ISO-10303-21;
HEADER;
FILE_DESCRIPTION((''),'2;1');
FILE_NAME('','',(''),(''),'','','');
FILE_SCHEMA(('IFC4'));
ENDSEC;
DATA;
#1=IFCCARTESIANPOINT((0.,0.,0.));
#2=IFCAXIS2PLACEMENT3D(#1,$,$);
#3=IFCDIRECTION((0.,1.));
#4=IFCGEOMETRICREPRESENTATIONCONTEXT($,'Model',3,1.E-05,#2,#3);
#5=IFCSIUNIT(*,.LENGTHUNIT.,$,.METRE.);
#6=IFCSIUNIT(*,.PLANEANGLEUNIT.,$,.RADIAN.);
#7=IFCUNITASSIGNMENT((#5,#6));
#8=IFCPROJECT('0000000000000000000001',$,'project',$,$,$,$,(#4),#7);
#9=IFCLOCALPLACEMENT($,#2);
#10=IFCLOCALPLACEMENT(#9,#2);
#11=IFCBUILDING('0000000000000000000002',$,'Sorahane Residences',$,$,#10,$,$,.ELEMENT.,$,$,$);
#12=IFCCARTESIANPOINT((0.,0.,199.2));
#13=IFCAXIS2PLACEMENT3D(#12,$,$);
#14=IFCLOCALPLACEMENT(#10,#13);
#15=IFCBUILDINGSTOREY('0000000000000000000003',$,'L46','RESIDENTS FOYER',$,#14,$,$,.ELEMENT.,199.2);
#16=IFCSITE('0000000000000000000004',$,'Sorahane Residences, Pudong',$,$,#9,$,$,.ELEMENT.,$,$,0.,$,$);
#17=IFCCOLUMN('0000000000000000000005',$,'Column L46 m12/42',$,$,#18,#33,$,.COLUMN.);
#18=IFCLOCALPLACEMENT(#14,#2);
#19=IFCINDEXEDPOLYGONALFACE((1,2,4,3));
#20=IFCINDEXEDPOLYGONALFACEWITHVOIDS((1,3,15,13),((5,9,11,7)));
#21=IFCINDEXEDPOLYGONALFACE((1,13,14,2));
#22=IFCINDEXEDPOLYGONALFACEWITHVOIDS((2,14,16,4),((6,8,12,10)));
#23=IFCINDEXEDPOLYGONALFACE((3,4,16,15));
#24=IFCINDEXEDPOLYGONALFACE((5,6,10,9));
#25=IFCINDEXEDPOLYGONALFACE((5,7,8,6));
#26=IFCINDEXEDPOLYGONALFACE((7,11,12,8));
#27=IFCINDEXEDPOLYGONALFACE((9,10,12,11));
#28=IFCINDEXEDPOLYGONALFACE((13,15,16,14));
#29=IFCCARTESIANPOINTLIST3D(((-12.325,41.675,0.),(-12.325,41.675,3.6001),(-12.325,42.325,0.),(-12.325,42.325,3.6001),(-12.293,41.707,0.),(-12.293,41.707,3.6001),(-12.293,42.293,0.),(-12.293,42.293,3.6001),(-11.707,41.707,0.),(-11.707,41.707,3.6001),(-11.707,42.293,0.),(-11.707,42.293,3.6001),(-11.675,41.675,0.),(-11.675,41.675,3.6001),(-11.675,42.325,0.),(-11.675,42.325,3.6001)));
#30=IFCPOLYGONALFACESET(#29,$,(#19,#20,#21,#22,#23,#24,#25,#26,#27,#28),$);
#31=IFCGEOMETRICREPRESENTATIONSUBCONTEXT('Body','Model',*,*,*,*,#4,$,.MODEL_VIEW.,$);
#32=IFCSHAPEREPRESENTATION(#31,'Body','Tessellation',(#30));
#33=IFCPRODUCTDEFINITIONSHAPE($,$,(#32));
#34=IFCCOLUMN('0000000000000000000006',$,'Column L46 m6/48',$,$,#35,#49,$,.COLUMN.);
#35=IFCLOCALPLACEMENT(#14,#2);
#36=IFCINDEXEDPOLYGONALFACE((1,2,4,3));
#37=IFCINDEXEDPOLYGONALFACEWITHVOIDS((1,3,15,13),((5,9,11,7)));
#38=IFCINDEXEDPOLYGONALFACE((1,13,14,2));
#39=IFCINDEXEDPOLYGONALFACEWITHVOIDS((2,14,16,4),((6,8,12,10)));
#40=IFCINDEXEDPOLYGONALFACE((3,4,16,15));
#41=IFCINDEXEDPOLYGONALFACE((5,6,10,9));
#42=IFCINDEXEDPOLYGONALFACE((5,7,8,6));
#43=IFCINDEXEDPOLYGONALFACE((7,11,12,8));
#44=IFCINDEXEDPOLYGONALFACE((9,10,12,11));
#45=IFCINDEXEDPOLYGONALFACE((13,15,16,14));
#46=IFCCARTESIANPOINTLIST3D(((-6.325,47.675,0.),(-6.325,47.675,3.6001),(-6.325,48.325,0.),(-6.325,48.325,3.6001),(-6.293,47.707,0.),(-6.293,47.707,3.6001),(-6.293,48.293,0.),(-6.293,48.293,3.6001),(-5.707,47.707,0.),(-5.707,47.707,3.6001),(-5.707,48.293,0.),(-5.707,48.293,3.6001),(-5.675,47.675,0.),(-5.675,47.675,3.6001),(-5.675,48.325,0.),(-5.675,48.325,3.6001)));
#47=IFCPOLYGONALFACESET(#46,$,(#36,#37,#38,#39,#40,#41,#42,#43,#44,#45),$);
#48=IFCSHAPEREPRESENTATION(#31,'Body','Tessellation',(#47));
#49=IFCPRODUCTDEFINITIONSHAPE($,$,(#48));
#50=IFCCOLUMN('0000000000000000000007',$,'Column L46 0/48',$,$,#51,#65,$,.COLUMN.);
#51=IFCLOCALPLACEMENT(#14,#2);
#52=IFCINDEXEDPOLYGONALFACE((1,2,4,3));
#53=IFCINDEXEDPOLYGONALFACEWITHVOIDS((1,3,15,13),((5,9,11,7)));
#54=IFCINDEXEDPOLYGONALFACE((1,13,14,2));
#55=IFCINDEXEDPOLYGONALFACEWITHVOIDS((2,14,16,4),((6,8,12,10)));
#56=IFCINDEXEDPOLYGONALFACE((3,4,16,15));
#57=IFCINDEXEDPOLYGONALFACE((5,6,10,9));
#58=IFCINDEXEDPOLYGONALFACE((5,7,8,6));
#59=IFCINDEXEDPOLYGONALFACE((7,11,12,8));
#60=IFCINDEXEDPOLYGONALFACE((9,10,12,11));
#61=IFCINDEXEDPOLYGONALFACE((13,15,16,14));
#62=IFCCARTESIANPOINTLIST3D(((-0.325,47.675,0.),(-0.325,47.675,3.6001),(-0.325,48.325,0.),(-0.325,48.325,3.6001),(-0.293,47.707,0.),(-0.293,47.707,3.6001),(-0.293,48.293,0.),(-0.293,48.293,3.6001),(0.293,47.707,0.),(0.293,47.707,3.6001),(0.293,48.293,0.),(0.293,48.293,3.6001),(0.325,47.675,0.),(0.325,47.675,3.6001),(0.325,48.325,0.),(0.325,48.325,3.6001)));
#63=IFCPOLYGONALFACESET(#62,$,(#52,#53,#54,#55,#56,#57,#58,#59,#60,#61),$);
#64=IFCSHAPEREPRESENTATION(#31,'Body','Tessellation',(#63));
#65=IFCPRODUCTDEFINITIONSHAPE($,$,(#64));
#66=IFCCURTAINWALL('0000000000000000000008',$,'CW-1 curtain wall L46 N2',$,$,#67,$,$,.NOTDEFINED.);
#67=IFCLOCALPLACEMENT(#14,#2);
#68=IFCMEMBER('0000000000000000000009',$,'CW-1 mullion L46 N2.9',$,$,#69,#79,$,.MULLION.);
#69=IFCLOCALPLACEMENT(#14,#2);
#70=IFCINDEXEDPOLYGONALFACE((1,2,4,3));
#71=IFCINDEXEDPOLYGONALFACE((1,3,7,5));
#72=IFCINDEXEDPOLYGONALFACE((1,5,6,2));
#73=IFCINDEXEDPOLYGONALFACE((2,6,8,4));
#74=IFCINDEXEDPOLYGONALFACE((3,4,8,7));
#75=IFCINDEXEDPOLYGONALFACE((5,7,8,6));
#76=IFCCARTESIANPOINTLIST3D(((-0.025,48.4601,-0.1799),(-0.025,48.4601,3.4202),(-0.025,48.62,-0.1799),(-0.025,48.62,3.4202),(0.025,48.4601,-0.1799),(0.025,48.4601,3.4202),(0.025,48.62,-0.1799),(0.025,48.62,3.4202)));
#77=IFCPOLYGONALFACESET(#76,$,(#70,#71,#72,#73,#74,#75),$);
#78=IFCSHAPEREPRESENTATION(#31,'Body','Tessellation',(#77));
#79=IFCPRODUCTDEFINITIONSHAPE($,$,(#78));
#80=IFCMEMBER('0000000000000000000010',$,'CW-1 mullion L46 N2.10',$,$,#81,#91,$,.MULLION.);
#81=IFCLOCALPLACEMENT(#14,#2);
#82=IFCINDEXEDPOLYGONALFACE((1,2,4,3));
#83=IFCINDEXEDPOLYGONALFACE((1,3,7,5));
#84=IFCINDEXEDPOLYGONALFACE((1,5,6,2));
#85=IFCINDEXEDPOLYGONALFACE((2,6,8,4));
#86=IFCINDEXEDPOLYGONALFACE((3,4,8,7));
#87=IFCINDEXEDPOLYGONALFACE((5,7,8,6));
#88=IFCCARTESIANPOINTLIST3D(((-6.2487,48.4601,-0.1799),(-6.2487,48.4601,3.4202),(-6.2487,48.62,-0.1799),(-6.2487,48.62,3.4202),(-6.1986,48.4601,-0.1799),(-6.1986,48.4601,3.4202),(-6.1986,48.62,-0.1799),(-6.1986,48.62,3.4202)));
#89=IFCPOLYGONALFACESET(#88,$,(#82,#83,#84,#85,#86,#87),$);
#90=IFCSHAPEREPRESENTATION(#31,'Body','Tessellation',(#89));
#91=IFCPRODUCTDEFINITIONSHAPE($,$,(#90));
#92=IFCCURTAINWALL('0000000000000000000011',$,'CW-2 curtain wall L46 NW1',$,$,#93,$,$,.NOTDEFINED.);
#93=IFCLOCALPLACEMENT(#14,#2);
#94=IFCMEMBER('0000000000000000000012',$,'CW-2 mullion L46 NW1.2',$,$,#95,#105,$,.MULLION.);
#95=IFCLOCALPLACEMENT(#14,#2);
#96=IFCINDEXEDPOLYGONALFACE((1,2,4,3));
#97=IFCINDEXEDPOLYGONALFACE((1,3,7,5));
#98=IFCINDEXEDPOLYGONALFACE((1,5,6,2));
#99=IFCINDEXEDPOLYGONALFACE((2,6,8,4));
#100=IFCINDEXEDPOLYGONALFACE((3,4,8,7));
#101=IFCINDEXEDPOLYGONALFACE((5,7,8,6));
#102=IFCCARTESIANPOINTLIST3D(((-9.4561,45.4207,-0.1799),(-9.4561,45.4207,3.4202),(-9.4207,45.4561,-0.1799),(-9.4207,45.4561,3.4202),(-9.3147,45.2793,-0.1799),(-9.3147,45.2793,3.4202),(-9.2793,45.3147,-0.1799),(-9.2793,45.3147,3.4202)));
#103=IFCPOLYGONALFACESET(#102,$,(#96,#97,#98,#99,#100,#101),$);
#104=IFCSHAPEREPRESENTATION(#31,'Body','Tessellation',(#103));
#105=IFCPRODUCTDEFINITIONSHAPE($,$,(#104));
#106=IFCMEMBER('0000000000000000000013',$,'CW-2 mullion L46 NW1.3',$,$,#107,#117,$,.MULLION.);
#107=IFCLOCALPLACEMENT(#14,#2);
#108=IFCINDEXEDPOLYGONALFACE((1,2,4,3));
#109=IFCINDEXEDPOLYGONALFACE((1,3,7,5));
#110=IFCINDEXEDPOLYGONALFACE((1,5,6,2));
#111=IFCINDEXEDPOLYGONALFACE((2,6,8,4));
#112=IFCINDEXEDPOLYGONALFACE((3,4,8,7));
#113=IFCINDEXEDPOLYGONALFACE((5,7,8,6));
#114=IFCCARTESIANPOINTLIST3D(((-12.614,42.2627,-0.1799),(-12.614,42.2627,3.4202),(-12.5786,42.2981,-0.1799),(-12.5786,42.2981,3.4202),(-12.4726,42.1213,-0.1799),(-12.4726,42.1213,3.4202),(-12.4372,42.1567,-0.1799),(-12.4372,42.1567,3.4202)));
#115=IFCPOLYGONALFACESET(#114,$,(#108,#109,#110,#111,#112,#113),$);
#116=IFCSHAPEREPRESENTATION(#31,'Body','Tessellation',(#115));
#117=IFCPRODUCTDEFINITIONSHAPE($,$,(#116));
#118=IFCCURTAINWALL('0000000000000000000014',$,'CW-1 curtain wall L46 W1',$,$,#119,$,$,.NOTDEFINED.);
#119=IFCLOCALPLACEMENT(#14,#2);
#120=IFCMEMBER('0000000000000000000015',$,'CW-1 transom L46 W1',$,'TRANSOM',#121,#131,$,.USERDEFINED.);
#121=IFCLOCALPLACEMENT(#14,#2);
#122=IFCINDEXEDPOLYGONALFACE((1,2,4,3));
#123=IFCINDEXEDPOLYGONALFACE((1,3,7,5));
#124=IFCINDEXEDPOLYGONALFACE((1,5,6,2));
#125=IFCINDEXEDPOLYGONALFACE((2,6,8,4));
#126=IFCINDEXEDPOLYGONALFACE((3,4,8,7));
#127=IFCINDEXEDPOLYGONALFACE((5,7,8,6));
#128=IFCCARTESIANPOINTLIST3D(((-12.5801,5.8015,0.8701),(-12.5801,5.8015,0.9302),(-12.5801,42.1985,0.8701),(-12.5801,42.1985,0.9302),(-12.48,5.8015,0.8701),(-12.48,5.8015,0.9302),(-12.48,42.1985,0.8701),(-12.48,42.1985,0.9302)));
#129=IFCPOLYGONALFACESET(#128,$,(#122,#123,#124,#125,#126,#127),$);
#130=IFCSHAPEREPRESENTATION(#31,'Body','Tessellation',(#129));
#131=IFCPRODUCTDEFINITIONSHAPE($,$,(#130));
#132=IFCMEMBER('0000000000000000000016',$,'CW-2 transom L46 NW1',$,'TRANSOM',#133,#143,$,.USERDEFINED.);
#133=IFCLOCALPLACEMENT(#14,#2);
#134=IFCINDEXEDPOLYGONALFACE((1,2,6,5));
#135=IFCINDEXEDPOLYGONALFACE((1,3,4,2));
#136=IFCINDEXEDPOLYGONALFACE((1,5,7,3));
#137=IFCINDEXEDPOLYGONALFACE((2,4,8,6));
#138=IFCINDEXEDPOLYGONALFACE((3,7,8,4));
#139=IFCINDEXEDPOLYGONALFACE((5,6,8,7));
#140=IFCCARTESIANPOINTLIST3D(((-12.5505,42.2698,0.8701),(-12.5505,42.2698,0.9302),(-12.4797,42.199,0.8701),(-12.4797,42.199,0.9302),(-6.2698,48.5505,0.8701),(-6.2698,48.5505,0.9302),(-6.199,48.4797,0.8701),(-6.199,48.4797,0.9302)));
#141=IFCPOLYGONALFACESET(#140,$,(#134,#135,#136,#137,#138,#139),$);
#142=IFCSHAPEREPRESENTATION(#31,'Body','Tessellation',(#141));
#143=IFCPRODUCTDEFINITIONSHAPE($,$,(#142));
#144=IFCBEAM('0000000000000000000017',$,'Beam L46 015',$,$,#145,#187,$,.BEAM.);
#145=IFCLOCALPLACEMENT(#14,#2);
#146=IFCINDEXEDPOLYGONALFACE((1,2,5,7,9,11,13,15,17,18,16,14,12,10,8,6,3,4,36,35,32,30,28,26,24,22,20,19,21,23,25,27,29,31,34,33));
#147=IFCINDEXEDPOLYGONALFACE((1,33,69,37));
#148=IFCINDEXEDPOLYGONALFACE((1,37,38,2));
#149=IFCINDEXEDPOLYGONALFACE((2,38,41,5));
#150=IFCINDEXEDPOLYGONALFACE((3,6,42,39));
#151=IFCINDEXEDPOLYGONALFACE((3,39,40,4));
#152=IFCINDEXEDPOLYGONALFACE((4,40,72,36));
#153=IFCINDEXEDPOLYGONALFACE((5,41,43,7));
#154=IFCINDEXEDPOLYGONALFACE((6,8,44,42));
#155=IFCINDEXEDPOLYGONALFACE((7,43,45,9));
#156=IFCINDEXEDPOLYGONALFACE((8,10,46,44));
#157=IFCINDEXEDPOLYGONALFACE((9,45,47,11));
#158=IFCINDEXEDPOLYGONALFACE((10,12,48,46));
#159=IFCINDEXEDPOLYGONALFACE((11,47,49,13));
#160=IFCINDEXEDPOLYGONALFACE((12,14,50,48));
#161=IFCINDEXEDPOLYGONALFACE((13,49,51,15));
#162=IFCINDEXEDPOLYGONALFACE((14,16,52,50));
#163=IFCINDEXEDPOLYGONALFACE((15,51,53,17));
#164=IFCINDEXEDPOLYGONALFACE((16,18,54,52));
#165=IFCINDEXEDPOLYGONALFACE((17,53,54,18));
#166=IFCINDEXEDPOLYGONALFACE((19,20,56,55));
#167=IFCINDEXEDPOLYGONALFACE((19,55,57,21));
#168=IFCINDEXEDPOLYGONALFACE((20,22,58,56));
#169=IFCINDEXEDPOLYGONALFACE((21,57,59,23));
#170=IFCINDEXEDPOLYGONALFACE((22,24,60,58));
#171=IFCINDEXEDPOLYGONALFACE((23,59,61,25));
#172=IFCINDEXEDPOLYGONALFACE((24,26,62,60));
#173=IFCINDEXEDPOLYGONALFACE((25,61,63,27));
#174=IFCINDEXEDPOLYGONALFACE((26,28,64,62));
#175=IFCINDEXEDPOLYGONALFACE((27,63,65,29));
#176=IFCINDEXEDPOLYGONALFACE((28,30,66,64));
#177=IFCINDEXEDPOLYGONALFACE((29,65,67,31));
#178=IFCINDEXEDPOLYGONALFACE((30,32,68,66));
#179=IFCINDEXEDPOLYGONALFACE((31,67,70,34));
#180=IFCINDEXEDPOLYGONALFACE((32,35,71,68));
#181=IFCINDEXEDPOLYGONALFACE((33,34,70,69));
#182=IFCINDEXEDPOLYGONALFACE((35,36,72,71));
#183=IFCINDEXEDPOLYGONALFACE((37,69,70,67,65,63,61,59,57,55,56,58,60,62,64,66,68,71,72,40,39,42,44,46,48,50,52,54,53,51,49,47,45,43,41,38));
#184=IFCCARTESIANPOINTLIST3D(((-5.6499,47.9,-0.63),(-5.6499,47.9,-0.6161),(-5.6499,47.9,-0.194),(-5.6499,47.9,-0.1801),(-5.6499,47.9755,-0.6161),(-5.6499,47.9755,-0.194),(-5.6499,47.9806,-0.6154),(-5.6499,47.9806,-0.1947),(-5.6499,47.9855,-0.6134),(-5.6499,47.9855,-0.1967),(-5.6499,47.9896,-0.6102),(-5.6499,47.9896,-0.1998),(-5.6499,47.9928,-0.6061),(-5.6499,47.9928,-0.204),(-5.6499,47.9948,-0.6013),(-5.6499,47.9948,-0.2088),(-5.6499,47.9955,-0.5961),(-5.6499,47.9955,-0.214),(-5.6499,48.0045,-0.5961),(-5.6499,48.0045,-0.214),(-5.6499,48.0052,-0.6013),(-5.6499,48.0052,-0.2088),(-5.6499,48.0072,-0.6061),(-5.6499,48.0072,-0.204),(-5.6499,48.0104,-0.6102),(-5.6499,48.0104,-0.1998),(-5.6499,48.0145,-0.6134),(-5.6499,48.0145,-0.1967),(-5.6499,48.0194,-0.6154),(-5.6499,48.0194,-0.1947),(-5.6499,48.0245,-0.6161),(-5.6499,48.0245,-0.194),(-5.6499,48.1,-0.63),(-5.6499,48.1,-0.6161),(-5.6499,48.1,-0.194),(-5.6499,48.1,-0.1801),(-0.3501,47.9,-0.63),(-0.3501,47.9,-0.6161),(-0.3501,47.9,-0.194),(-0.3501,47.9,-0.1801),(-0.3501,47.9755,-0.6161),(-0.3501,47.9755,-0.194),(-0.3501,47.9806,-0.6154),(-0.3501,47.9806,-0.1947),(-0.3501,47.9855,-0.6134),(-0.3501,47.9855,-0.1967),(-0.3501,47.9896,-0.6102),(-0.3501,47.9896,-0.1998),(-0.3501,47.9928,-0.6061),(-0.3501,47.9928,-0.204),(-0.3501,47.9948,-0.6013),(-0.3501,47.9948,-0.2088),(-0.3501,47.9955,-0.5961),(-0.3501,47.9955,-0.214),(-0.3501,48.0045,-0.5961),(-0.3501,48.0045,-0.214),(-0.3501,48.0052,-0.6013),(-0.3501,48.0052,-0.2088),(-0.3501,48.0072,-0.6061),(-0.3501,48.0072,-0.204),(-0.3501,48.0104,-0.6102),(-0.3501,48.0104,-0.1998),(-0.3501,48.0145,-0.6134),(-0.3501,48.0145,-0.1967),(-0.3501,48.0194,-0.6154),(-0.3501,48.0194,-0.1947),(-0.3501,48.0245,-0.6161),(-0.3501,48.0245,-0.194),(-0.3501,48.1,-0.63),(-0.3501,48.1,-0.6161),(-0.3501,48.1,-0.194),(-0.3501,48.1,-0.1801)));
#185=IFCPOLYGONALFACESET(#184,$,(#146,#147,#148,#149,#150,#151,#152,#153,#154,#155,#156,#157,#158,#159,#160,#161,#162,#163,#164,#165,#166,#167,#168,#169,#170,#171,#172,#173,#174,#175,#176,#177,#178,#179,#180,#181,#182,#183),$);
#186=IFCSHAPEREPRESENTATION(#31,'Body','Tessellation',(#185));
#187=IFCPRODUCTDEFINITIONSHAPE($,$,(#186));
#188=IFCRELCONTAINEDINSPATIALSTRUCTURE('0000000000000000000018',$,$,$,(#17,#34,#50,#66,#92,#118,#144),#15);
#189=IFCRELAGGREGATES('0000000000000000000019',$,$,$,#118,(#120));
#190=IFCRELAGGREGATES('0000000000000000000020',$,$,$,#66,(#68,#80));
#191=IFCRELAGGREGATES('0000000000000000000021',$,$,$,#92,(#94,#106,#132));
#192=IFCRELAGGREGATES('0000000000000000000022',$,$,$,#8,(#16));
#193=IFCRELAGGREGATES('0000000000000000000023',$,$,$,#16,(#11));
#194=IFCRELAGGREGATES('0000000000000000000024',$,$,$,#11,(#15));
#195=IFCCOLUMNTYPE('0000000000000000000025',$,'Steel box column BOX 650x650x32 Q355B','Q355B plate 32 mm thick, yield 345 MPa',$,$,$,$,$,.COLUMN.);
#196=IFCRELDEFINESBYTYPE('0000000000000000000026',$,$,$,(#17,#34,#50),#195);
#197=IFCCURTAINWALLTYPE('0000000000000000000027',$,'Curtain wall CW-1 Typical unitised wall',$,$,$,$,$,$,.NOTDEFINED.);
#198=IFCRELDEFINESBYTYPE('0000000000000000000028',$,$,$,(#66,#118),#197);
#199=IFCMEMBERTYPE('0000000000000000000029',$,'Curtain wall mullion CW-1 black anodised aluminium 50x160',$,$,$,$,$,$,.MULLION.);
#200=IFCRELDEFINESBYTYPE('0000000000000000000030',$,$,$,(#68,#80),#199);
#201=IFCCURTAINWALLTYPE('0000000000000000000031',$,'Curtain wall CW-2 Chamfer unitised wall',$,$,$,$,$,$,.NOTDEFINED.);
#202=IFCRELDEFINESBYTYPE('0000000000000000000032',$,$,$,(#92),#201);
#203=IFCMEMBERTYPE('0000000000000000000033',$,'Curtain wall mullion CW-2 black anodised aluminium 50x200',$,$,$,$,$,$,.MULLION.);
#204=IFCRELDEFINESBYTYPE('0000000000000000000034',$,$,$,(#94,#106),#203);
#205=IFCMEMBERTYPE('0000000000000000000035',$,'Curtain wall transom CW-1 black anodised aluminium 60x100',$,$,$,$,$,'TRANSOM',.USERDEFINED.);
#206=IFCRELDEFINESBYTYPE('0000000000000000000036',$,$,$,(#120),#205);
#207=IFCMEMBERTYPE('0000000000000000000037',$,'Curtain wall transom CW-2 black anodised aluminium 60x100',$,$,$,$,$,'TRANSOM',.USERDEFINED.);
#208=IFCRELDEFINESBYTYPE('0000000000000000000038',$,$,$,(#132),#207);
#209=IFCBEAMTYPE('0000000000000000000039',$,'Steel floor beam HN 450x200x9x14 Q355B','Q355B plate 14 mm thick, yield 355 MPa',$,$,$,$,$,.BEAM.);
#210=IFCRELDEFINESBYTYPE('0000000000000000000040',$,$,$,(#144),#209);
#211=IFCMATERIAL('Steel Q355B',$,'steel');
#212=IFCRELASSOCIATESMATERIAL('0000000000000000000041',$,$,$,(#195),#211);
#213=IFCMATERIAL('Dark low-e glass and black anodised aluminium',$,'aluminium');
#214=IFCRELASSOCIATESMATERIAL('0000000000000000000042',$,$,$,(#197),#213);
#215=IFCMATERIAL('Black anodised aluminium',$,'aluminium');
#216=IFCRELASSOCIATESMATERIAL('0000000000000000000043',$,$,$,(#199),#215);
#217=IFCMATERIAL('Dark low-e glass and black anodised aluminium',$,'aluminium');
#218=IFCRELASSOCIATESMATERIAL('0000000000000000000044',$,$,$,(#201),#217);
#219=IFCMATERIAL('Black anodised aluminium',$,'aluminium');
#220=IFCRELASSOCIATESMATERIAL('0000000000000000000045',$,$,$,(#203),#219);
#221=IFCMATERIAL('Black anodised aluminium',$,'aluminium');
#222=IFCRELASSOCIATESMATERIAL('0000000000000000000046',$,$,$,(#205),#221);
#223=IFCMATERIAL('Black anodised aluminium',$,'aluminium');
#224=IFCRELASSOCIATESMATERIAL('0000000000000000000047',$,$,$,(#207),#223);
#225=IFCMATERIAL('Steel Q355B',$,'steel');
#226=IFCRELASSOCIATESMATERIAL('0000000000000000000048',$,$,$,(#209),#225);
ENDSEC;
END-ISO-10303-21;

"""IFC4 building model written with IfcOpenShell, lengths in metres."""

from ifc_helpers import new_model, si_unit, direction, frame, origin, origin_2d, place, context, subcontext, project, spatial, rectangle, hollow_rectangle, i_section, extrude, material, material_profile, profile_set, type_object, element, aggregate, save


model = new_model("IFC4")

# Units and contexts
model_context = context("Model", 3, precision=1e-05, world=origin(), true_north=direction((0.0, 1.0)))
body_context = subcontext(model_context, "Body", "Model", "MODEL_VIEW")
ifc_project = project(units=[si_unit("LENGTHUNIT", "METRE"), si_unit("PLANEANGLEUNIT", "RADIAN")], contexts=[model_context])

# Site, building, storey
site_placement = place(None, origin())
site = spatial("IfcSite", under=ifc_project, at=site_placement, Name="Sorahane Residences, Pudong", CompositionType="ELEMENT", RefElevation=0.0)
building_placement = place(site_placement, origin())
building = spatial("IfcBuilding", under=site, at=building_placement, Name="Sorahane Residences", CompositionType="ELEMENT")
storey_placement = place(building_placement, frame((0.0, 0.0, 199.2)))
storey = spatial("IfcBuildingStorey", under=building, at=storey_placement, Name="L46", Description="RESIDENTS FOYER", CompositionType="ELEMENT", Elevation=199.2)

# Columns
ifc_material_1 = material(Name="Steel Q355B", Category="steel")
ifc_material_profile_1 = material_profile(ifc_material_1, hollow_rectangle(XDim=0.6499, YDim=0.6499, WallThickness=0.032, at=origin_2d()), Name="BOX 650x650x32")
ifc_profile_set_1 = profile_set([ifc_material_profile_1], Name="Steel Q355B")
column_type = type_object("IfcColumnType", Name="Steel box column BOX 650x650x32 Q355B", Description="Q355B plate 32 mm thick, yield 345 MPa", PredefinedType="COLUMN", material=ifc_profile_set_1)
for number, where, z_axis, x_axis, name in (
    (1, (-12.0, 42.0, 0.0), (0.0, 0.0, 1.0), (1.0, 0.0, 0.0), "Column L46 m12/42"),
    (2, (-6.0, 48.0, 0.0), (0.0, 0.0, 1.0), (1.0, 0.0, 0.0), "Column L46 m6/48"),
    (3, (0.0, 48.0, 0.0), (0.0, 0.0, 1.0), (1.0, 0.0, 0.0), "Column L46 0/48"),
):
    element("IfcColumn", number, at=place(storey_placement, frame(where, z_axis=z_axis, x_axis=x_axis)), inside=storey, type_object=column_type, Name=name, PredefinedType="COLUMN", context=body_context, shape_type="SweptSolid", body=[
        extrude(hollow_rectangle(XDim=0.6499, YDim=0.6499, WallThickness=0.032, at=origin_2d()), origin(), (0.0, 0.0, 1.0), 3.6001),
    ])

# Curtain walls, members
ifc_material_2 = material(Name="Dark low-e glass and black anodised aluminium", Category="aluminium")
curtain_wall_type_1 = type_object("IfcCurtainWallType", Name="Curtain wall CW-1 Typical unitised wall", PredefinedType="NOTDEFINED", material=ifc_material_2)
curtain_wall_1_placement = place(storey_placement, origin())
curtain_wall_1 = element("IfcCurtainWall", 4, at=curtain_wall_1_placement, inside=storey, type_object=curtain_wall_type_1, Name="CW-1 curtain wall L46 N2", PredefinedType="NOTDEFINED")
ifc_material_3 = material(Name="Black anodised aluminium", Category="aluminium")
ifc_material_profile_2 = material_profile(ifc_material_3, rectangle(XDim=0.1599, YDim=0.05, at=origin_2d()), Name="Curtain wall mullion CW-1 black anodised aluminium 50x160")
ifc_profile_set_2 = profile_set([ifc_material_profile_2], Name="Black anodised aluminium")
member_type_1 = type_object("IfcMemberType", Name="Curtain wall mullion CW-1 black anodised aluminium 50x160", PredefinedType="MULLION", material=ifc_profile_set_2)
member_1_placement = place(storey_placement, frame((0.0, 48.54, -0.1799), z_axis=(0.0, 0.0, 1.0), x_axis=(0.0, 1.0, 0.0)))
member_1 = element("IfcMember", 5, at=member_1_placement, type_object=member_type_1, Name="CW-1 mullion L46 N2.9", PredefinedType="MULLION", context=body_context, shape_type="SweptSolid", body=[
    extrude(rectangle(XDim=0.1599, YDim=0.05, at=origin_2d()), origin(), (0.0, 0.0, 1.0), 3.6001),
])
member_2_placement = place(storey_placement, frame((-6.2236, 48.54, -0.1799), z_axis=(0.0, 0.0, 1.0), x_axis=(0.0, 1.0, 0.0)))
member_2 = element("IfcMember", 6, at=member_2_placement, type_object=member_type_1, Name="CW-1 mullion L46 N2.10", PredefinedType="MULLION", context=body_context, shape_type="SweptSolid", body=[
    extrude(rectangle(XDim=0.1599, YDim=0.05, at=origin_2d()), origin(), (0.0, 0.0, 1.0), 3.6001),
])
ifc_material_4 = material(Name="Dark low-e glass and black anodised aluminium", Category="aluminium")
curtain_wall_type_2 = type_object("IfcCurtainWallType", Name="Curtain wall CW-2 Chamfer unitised wall", PredefinedType="NOTDEFINED", material=ifc_material_4)
curtain_wall_2_placement = place(storey_placement, origin())
curtain_wall_2 = element("IfcCurtainWall", 7, at=curtain_wall_2_placement, inside=storey, type_object=curtain_wall_type_2, Name="CW-2 curtain wall L46 NW1", PredefinedType="NOTDEFINED")
ifc_material_5 = material(Name="Black anodised aluminium", Category="aluminium")
ifc_material_profile_3 = material_profile(ifc_material_5, rectangle(XDim=0.2, YDim=0.05, at=origin_2d()), Name="Curtain wall mullion CW-2 black anodised aluminium 50x200")
ifc_profile_set_3 = profile_set([ifc_material_profile_3], Name="Black anodised aluminium")
member_type_2 = type_object("IfcMemberType", Name="Curtain wall mullion CW-2 black anodised aluminium 50x200", PredefinedType="MULLION", material=ifc_profile_set_3)
member_3_placement = place(storey_placement, frame((-9.3677, 45.3677, -0.1799), z_axis=(0.0, 0.0, 1.0), x_axis=(-0.707107, 0.707107, 0.0)))
member_3 = element("IfcMember", 8, at=member_3_placement, type_object=member_type_2, Name="CW-2 mullion L46 NW1.2", PredefinedType="MULLION", context=body_context, shape_type="SweptSolid", body=[
    extrude(rectangle(XDim=0.2, YDim=0.05, at=origin_2d()), origin(), (0.0, 0.0, 1.0), 3.6001),
])
member_4_placement = place(storey_placement, frame((-12.5256, 42.2097, -0.1799), z_axis=(0.0, 0.0, 1.0), x_axis=(-0.707107, 0.707107, 0.0)))
member_4 = element("IfcMember", 9, at=member_4_placement, type_object=member_type_2, Name="CW-2 mullion L46 NW1.3", PredefinedType="MULLION", context=body_context, shape_type="SweptSolid", body=[
    extrude(rectangle(XDim=0.2, YDim=0.05, at=origin_2d()), origin(), (0.0, 0.0, 1.0), 3.6001),
])

# Curtain wall, member
curtain_wall_3_placement = place(storey_placement, origin())
curtain_wall_3 = element("IfcCurtainWall", 10, at=curtain_wall_3_placement, inside=storey, type_object=curtain_wall_type_1, Name="CW-1 curtain wall L46 W1", PredefinedType="NOTDEFINED")
ifc_material_6 = material(Name="Black anodised aluminium", Category="aluminium")
ifc_material_profile_4 = material_profile(ifc_material_6, rectangle(XDim=0.1001, YDim=0.0601, at=origin_2d()), Name="Curtain wall transom CW-1 black anodised aluminium 60x100")
ifc_profile_set_4 = profile_set([ifc_material_profile_4], Name="Black anodised aluminium")
member_type_3 = type_object("IfcMemberType", Name="Curtain wall transom CW-1 black anodised aluminium 60x100", ElementType="TRANSOM", PredefinedType="USERDEFINED", material=ifc_profile_set_4)
member_5_placement = place(storey_placement, frame((-12.53, 42.1985, 0.9001), z_axis=(0.0, -1.0, 0.0), x_axis=(1.0, 0.0, 0.0)))
member_5 = element("IfcMember", 11, at=member_5_placement, type_object=member_type_3, Name="CW-1 transom L46 W1", ObjectType="TRANSOM", PredefinedType="USERDEFINED", context=body_context, shape_type="SweptSolid", body=[
    extrude(rectangle(XDim=0.1001, YDim=0.0601, at=origin_2d()), origin(), (0.0, 0.0, 1.0), 36.397),
])
aggregate(curtain_wall_3, [member_5])

# Member
ifc_material_7 = material(Name="Black anodised aluminium", Category="aluminium")
ifc_material_profile_5 = material_profile(ifc_material_7, rectangle(XDim=0.1001, YDim=0.0601, at=origin_2d()), Name="Curtain wall transom CW-2 black anodised aluminium 60x100")
ifc_profile_set_5 = profile_set([ifc_material_profile_5], Name="Black anodised aluminium")
member_type_4 = type_object("IfcMemberType", Name="Curtain wall transom CW-2 black anodised aluminium 60x100", ElementType="TRANSOM", PredefinedType="USERDEFINED", material=ifc_profile_set_5)
member_6_placement = place(storey_placement, frame((-6.2344, 48.5151, 0.9001), z_axis=(-0.707107, -0.707107, 0.0), x_axis=(0.707107, -0.707107, 0.0)))
member_6 = element("IfcMember", 12, at=member_6_placement, type_object=member_type_4, Name="CW-2 transom L46 NW1", ObjectType="TRANSOM", PredefinedType="USERDEFINED", context=body_context, shape_type="SweptSolid", body=[
    extrude(rectangle(XDim=0.1001, YDim=0.0601, at=origin_2d()), origin(), (0.0, 0.0, 1.0), 8.8823),
])

# Beam
ifc_material_8 = material(Name="Steel Q355B", Category="steel")
ifc_material_profile_6 = material_profile(ifc_material_8, i_section(OverallWidth=0.2, OverallDepth=0.45, WebThickness=0.009, FlangeThickness=0.0139, FilletRadius=0.02, at=origin_2d()), Name="HN 450x200x9x14")
ifc_profile_set_6 = profile_set([ifc_material_profile_6], Name="Steel Q355B")
beam_type_1 = type_object("IfcBeamType", Name="Steel floor beam HN 450x200x9x14 Q355B", Description="Q355B plate 14 mm thick, yield 355 MPa", PredefinedType="BEAM", material=ifc_profile_set_6)
beam_1_placement = place(storey_placement, frame((-5.6499, 48.0, -0.405), z_axis=(1.0, 0.0, 0.0), x_axis=(0.0, 1.0, 0.0)))
element("IfcBeam", 13, at=beam_1_placement, inside=storey, type_object=beam_type_1, Name="Beam L46 015", PredefinedType="BEAM", context=body_context, shape_type="SweptSolid", body=[
    extrude(i_section(OverallWidth=0.2, OverallDepth=0.45, WebThickness=0.009, FlangeThickness=0.0139, FilletRadius=0.02, at=origin_2d()), origin(), (0.0, 0.0, 1.0), 5.2998),
])

aggregate(curtain_wall_1, [member_1, member_2])
aggregate(curtain_wall_2, [member_3, member_4, member_6])

save(model, "model.ifc")
